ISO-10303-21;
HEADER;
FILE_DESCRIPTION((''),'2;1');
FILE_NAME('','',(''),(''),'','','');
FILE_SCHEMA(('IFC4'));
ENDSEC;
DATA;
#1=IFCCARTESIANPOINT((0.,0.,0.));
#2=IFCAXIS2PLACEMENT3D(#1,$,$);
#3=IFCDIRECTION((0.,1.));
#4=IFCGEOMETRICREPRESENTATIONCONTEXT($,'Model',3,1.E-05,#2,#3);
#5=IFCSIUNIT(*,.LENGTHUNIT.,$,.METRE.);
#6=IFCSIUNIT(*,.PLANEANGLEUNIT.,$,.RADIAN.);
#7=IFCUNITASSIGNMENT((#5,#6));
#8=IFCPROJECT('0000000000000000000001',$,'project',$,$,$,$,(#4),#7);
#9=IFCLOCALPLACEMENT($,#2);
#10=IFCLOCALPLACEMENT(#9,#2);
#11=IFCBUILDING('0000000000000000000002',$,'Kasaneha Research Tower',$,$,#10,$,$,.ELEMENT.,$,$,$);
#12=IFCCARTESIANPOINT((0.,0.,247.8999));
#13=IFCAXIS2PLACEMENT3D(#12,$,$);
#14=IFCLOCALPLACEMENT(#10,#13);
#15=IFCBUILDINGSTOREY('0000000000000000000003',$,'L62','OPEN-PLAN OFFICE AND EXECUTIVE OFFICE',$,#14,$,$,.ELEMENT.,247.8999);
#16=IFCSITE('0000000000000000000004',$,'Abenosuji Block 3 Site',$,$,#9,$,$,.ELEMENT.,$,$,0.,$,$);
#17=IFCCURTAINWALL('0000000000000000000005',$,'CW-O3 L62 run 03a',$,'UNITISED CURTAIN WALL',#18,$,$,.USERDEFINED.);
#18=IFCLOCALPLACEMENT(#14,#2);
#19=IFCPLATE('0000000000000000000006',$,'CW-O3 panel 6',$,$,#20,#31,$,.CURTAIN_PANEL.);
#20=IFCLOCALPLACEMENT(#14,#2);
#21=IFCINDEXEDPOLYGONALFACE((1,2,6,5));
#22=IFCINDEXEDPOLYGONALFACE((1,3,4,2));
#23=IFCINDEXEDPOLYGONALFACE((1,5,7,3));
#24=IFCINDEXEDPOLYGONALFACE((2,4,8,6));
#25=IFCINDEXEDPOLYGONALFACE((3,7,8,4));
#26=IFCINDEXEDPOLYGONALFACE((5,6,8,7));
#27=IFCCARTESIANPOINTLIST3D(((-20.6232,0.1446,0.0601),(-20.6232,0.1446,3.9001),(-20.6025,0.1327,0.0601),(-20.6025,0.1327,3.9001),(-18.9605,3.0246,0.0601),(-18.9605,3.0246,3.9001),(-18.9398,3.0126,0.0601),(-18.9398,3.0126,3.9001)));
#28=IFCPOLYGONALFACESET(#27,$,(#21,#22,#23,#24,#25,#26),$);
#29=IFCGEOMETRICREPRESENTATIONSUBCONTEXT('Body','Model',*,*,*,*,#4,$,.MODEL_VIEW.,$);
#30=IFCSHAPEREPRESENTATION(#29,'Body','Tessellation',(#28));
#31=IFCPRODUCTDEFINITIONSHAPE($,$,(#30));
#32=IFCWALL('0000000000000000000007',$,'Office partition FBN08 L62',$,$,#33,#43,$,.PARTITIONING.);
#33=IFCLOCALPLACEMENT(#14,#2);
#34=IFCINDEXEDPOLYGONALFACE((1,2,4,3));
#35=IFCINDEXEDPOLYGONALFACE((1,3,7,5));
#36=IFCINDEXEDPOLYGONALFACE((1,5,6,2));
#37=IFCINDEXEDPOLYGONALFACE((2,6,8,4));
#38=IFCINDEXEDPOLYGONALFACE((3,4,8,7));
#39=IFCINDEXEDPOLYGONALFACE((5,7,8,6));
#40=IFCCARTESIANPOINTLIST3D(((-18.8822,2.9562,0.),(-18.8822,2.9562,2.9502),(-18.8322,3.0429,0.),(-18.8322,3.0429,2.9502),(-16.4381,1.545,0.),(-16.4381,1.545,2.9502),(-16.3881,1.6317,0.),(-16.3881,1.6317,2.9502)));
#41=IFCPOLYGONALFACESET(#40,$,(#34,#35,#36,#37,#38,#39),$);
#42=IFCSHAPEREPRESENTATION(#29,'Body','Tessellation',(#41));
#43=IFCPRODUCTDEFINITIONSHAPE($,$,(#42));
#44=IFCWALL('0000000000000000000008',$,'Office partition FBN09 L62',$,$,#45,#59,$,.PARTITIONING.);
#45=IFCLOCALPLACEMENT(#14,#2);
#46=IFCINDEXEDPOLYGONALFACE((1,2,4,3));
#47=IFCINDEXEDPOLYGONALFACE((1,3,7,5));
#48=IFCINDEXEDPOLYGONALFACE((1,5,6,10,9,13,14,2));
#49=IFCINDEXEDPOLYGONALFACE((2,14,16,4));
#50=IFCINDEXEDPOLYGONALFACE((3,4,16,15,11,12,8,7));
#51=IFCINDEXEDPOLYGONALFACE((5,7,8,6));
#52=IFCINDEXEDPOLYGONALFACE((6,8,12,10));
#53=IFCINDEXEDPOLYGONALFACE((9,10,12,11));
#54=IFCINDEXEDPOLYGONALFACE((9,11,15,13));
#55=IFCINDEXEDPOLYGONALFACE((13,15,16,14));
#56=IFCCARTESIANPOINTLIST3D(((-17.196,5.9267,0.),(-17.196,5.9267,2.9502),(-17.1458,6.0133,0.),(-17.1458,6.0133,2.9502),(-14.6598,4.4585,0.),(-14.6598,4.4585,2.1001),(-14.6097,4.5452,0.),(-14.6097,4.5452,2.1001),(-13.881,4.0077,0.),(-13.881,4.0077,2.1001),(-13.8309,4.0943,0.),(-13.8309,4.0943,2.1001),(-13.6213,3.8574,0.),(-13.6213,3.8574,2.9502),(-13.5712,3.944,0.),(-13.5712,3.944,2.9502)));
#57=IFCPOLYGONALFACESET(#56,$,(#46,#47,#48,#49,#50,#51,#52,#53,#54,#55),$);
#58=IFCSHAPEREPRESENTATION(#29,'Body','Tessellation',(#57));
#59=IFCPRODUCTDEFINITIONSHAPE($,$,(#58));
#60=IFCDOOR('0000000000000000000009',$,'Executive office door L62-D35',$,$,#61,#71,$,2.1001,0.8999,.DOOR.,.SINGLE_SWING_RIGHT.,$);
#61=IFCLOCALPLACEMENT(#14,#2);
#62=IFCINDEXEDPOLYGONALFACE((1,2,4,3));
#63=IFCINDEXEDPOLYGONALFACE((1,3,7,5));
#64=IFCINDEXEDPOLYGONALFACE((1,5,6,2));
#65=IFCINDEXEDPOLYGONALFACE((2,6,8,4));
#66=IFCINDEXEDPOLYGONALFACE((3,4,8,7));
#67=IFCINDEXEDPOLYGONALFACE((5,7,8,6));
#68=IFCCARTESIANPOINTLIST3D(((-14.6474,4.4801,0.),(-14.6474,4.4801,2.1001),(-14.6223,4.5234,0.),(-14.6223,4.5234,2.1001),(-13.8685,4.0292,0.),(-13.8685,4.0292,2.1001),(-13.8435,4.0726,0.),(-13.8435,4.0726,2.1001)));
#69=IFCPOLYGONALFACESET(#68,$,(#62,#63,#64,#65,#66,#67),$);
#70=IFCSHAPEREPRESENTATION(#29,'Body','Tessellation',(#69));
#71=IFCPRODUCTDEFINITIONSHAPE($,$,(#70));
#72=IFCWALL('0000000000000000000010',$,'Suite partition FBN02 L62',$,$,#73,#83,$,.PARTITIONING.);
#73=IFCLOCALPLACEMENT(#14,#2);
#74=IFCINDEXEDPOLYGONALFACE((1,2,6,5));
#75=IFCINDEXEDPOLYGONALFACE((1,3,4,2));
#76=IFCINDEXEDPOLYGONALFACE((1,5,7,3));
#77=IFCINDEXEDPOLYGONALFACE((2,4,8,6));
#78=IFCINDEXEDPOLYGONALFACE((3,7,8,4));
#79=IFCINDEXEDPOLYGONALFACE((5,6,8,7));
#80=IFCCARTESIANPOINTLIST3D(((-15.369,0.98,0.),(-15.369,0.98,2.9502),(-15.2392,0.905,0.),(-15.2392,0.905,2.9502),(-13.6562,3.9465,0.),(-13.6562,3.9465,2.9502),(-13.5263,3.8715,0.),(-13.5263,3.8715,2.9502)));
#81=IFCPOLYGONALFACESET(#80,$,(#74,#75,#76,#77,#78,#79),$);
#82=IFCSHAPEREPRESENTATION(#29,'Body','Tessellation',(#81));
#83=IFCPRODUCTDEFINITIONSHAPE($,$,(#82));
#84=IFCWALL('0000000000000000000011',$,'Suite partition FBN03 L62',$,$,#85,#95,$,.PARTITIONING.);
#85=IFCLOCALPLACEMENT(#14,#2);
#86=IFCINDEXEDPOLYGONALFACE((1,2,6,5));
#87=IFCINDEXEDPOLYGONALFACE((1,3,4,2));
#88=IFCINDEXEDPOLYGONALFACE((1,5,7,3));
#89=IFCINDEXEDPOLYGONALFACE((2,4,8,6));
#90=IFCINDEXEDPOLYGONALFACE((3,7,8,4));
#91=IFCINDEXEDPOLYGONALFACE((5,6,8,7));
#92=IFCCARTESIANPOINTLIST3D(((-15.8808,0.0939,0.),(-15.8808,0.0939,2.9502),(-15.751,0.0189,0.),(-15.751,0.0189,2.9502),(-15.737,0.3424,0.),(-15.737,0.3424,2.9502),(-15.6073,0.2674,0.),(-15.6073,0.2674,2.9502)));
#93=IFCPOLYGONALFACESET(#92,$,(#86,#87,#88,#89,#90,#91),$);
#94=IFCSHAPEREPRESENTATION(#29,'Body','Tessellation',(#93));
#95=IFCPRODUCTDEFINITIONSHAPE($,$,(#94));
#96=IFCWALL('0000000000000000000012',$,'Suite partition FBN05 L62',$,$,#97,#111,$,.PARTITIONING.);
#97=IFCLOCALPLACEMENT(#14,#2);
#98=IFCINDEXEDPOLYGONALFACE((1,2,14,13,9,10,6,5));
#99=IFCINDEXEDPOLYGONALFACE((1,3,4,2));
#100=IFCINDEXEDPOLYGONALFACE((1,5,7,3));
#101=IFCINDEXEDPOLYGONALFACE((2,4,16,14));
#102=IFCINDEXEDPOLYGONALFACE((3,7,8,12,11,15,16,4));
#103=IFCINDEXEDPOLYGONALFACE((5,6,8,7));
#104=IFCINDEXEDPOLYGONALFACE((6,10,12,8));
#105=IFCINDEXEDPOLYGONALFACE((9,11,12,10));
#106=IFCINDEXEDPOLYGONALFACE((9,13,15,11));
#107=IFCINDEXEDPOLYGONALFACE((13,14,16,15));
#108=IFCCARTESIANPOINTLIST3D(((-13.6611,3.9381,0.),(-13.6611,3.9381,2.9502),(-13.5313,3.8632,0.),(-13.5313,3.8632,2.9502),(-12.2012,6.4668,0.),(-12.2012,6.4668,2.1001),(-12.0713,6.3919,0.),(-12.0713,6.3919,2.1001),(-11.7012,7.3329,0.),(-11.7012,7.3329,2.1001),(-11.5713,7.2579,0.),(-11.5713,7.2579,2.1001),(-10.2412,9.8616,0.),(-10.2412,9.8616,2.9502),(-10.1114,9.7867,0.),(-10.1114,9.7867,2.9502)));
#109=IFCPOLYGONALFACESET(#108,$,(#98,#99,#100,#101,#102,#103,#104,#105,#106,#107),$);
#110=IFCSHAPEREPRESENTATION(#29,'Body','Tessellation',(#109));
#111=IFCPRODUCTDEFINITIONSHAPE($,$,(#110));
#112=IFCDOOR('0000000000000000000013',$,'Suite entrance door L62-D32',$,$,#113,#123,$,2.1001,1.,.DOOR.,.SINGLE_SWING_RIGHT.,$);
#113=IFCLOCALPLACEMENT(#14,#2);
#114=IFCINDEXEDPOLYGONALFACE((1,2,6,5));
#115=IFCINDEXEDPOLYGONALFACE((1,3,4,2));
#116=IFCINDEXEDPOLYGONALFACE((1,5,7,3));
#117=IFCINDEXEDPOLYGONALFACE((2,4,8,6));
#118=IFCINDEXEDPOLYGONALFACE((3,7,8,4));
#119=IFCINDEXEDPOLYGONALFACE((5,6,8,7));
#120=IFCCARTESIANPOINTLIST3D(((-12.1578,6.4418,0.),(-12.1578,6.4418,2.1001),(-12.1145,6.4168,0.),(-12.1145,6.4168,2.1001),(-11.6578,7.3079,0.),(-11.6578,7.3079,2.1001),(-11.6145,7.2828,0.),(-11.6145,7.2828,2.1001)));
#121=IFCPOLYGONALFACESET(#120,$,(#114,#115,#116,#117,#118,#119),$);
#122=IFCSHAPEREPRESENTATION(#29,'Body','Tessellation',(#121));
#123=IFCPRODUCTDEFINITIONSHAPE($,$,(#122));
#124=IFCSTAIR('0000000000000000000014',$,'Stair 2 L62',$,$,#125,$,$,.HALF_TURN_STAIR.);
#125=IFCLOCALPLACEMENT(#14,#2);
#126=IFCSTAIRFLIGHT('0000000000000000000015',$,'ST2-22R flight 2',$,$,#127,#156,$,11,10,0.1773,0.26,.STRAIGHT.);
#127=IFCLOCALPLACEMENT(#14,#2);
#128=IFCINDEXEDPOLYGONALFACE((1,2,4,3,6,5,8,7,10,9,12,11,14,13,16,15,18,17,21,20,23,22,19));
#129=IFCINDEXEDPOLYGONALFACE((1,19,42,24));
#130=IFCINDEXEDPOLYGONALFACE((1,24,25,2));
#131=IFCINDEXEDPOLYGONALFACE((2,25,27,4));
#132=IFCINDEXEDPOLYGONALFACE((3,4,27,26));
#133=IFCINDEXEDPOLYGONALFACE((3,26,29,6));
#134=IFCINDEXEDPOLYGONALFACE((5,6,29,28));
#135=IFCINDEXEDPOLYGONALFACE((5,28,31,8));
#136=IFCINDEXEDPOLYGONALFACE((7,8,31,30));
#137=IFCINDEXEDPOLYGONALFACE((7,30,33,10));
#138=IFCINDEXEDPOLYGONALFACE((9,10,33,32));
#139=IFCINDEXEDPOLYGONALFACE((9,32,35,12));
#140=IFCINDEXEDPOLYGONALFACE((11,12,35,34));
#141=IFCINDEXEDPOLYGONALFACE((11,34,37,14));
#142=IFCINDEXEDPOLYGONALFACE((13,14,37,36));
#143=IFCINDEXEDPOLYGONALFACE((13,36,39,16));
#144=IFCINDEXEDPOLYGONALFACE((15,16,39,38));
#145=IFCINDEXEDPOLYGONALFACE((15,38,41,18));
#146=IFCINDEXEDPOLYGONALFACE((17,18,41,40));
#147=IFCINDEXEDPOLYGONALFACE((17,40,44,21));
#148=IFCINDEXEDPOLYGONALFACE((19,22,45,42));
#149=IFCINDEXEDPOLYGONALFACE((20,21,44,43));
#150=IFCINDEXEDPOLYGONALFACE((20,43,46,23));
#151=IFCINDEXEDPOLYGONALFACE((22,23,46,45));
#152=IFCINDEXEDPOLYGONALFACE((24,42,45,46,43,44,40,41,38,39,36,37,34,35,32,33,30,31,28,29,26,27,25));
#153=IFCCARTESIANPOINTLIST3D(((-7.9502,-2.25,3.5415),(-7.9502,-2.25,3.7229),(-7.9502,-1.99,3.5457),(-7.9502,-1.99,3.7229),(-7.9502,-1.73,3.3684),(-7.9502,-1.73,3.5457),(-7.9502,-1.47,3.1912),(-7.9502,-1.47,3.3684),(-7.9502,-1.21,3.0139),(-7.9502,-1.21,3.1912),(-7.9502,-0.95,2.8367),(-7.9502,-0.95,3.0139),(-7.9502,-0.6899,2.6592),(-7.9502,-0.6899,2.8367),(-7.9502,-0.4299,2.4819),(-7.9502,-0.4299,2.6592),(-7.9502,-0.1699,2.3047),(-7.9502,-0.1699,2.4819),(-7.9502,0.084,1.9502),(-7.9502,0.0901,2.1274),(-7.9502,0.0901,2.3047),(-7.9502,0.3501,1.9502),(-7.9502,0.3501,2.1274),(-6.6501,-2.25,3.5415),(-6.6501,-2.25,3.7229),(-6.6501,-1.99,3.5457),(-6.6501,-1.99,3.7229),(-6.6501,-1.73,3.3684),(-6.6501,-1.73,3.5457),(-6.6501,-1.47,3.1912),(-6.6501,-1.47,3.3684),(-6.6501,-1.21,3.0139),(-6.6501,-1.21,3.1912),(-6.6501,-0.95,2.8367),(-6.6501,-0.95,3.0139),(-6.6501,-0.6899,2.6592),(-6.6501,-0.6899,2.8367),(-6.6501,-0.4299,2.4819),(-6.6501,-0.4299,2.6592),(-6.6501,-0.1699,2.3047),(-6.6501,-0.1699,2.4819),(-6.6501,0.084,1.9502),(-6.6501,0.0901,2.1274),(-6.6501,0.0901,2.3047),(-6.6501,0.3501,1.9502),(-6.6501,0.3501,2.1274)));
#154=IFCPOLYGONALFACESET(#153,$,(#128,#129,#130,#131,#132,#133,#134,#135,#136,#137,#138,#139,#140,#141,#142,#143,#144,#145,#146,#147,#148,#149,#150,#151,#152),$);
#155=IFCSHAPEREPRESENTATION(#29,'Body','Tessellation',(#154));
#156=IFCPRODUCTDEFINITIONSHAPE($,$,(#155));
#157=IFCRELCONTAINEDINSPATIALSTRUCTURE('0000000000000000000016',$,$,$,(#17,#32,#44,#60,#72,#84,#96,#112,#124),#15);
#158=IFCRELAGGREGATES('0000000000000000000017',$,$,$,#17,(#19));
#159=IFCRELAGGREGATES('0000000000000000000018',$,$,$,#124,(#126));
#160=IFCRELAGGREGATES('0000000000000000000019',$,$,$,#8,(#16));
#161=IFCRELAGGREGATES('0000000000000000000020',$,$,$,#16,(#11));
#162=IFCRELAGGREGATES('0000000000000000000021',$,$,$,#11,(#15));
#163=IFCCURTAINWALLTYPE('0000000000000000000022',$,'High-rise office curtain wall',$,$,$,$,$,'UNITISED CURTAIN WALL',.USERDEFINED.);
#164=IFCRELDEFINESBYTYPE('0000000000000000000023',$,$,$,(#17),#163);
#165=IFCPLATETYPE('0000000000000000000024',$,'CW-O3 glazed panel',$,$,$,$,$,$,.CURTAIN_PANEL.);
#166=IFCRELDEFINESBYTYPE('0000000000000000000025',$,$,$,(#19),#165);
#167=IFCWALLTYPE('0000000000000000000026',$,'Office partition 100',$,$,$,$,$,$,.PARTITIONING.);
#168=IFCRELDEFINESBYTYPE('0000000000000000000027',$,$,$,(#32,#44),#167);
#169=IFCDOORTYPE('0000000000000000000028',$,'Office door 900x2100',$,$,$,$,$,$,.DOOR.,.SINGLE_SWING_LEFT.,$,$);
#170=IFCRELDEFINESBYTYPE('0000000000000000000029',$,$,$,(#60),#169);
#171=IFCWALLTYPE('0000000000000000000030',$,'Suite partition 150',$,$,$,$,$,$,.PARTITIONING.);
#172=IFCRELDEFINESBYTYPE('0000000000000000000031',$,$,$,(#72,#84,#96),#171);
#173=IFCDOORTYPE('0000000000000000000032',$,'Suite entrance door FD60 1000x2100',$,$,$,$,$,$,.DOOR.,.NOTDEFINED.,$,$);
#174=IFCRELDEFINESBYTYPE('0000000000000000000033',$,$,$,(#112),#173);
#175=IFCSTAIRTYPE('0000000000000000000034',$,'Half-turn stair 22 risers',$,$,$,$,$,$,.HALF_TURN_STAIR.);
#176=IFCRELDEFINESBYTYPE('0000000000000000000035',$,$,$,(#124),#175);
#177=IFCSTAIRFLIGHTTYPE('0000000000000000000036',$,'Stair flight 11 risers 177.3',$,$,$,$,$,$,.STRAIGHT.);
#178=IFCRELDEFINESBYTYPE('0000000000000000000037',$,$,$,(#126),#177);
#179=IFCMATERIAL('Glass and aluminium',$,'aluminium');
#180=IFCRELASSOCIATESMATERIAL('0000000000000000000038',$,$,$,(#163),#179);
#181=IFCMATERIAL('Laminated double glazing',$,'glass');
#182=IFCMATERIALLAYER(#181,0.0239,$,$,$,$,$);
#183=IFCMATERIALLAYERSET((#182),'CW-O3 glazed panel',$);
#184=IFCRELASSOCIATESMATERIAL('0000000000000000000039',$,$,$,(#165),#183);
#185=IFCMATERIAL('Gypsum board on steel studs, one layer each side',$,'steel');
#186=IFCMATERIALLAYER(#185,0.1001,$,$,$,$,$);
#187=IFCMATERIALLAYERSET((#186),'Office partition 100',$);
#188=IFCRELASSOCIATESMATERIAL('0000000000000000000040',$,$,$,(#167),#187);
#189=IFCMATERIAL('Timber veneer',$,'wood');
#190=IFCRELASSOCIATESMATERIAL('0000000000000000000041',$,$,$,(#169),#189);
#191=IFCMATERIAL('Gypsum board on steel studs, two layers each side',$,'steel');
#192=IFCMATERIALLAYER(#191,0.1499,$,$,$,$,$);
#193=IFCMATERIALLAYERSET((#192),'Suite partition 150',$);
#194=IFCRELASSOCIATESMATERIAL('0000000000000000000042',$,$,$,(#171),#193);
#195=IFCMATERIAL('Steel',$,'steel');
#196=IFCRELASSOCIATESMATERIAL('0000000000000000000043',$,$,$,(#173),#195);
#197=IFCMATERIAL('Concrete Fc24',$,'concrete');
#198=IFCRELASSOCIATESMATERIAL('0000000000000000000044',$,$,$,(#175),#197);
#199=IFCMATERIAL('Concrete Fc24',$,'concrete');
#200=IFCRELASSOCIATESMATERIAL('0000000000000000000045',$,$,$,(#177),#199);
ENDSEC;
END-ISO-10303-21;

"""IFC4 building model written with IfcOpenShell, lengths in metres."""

from ifc_helpers import new_model, si_unit, direction, frame, frame_2d, origin, origin_2d, place, context, subcontext, project, spatial, polyline, rectangle, outline, extrude, material, layer, layer_set, type_object, element, fill, aggregate, save


model = new_model("IFC4")

# Units and contexts
model_context = context("Model", 3, precision=1e-05, world=origin(), true_north=direction((0.0, 1.0)))
body_context = subcontext(model_context, "Body", "Model", "MODEL_VIEW")
ifc_project = project(units=[si_unit("LENGTHUNIT", "METRE"), si_unit("PLANEANGLEUNIT", "RADIAN")], contexts=[model_context])

# Site, building, storey
site_placement = place(None, origin())
site = spatial("IfcSite", under=ifc_project, at=site_placement, Name="Abenosuji Block 3 Site", CompositionType="ELEMENT", RefElevation=0.0)
building_placement = place(site_placement, origin())
building = spatial("IfcBuilding", under=site, at=building_placement, Name="Kasaneha Research Tower", CompositionType="ELEMENT")
storey_placement = place(building_placement, frame((0.0, 0.0, 247.8999)))
storey = spatial("IfcBuildingStorey", under=building, at=storey_placement, Name="L62", Description="OPEN-PLAN OFFICE AND EXECUTIVE OFFICE", CompositionType="ELEMENT", Elevation=247.8999)

# Curtain wall
ifc_material_1 = material(Name="Glass and aluminium", Category="aluminium")
curtain_wall_type = type_object("IfcCurtainWallType", Name="High-rise office curtain wall", ElementType="UNITISED CURTAIN WALL", PredefinedType="USERDEFINED", material=ifc_material_1)
curtain_wall_placement = place(storey_placement, origin())
curtain_wall = element("IfcCurtainWall", 1, at=curtain_wall_placement, inside=storey, type_object=curtain_wall_type, Name="CW-O3 L62 run 03a", ObjectType="UNITISED CURTAIN WALL", PredefinedType="USERDEFINED")

# Plate
ifc_material_2 = material(Name="Laminated double glazing", Category="glass")
ifc_layer_1 = layer(ifc_material_2, 0.0239)
ifc_layer_set_1 = layer_set([ifc_layer_1], Name="CW-O3 glazed panel")
plate_type = type_object("IfcPlateType", Name="CW-O3 glazed panel", PredefinedType="CURTAIN_PANEL", material=ifc_layer_set_1)
plate_1_placement = place(storey_placement, frame((-19.7815, 1.5786, 0.0601), z_axis=(0.0, 0.0, 1.0), x_axis=(-0.5, -0.866025, 0.0)))
plate_1 = element("IfcPlate", 2, at=plate_1_placement, type_object=plate_type, Name="CW-O3 panel 6", PredefinedType="CURTAIN_PANEL", context=body_context, shape_type="SweptSolid", body=[
    extrude(rectangle(XDim=3.3254, YDim=0.0239, at=origin_2d()), origin(), (0.0, 0.0, 1.0), 3.8401),
])
aggregate(curtain_wall, [plate_1])

# Wall
ifc_material_3 = material(Name="Gypsum board on steel studs, one layer each side", Category="steel")
ifc_layer_2 = layer(ifc_material_3, 0.1001)
ifc_layer_set_2 = layer_set([ifc_layer_2], Name="Office partition 100")
wall_type_1 = type_object("IfcWallType", Name="Office partition 100", PredefinedType="PARTITIONING", material=ifc_layer_set_2)
wall_1_placement = place(storey_placement, frame((-16.4131, 1.5884, 0.0), z_axis=(0.0, 0.0, 1.0), x_axis=(-0.86602, 0.50001, 0.0)))
element("IfcWall", 3, at=wall_1_placement, inside=storey, type_object=wall_type_1, Name="Office partition FBN08 L62", PredefinedType="PARTITIONING", context=body_context, shape_type="SweptSolid", body=[
    extrude(rectangle(XDim=2.8223, YDim=0.1001, at=frame_2d((1.4111, 0.0))), origin(), (0.0, 0.0, 1.0), 2.9502),
])

# Wall, opening, door
wall_2_placement = place(storey_placement, frame((-17.1709, 5.97, 0.0), z_axis=(0.0, 0.0, 1.0), x_axis=(0.865451, -0.500994, 0.0)))
wall_2 = element("IfcWall", 4, at=wall_2_placement, inside=storey, type_object=wall_type_1, Name="Office partition FBN09 L62", PredefinedType="PARTITIONING", context=body_context, shape_type="SweptSolid", body=[
    extrude(rectangle(XDim=4.1304, YDim=0.1001, at=frame_2d((2.0652, 0.0))), origin(), (0.0, 0.0, 1.0), 2.9502),
])
opening_1_placement = place(wall_2_placement, frame((2.9304, 0.0, 0.0)))
opening_1 = element("IfcOpeningElement", 5, at=opening_1_placement, cuts=wall_2, PredefinedType="OPENING", context=body_context, shape_type="SweptSolid", body=[
    extrude(rectangle(XDim=0.8999, YDim=2.1001, at=frame_2d((0.45, 1.05))), frame((0.0, 0.0601, 0.0), z_axis=(0.0, -1.0, 0.0), x_axis=(1.0, 0.0, 0.0)), (0.0, 0.0, 1.0), 0.1201),
])
ifc_material_4 = material(Name="Timber veneer", Category="wood")
door_type_1 = type_object("IfcDoorType", Name="Office door 900x2100", OperationType="SINGLE_SWING_LEFT", PredefinedType="DOOR", material=ifc_material_4)
door_1_placement = place(opening_1_placement, origin())
door_1 = element("IfcDoor", 6, at=door_1_placement, inside=storey, type_object=door_type_1, Name="Executive office door L62-D35", OperationType="SINGLE_SWING_RIGHT", OverallHeight=2.1001, OverallWidth=0.8999, PredefinedType="DOOR", context=body_context, shape_type="SweptSolid", body=[
    extrude(rectangle(XDim=0.8999, YDim=2.1001, at=frame_2d((0.45, 1.05))), frame((0.0, 0.0249, 0.0), z_axis=(0.0, -1.0, 0.0), x_axis=(1.0, 0.0, 0.0)), (0.0, 0.0, 1.0), 0.05),
])
fill(opening_1, door_1)

# Walls
ifc_material_5 = material(Name="Gypsum board on steel studs, two layers each side", Category="steel")
ifc_layer_3 = layer(ifc_material_5, 0.1499)
ifc_layer_set_3 = layer_set([ifc_layer_3], Name="Suite partition 150")
wall_type_2 = type_object("IfcWallType", Name="Suite partition 150", PredefinedType="PARTITIONING", material=ifc_layer_set_3)
wall_3_placement = place(storey_placement, frame((-15.3042, 0.9424, 0.0), z_axis=(0.0, 0.0, 1.0), x_axis=(0.500033, 0.866006, 0.0)))
element("IfcWall", 7, at=wall_3_placement, inside=storey, type_object=wall_type_2, Name="Suite partition FBN02 L62", PredefinedType="PARTITIONING", context=body_context, shape_type="SweptSolid", body=[
    extrude(rectangle(XDim=3.4255, YDim=0.1499, at=frame_2d((1.7129, 0.0))), origin(), (0.0, 0.0, 1.0), 2.9502),
])
wall_4_placement = place(storey_placement, frame((-15.8159, 0.0564, 0.0), z_axis=(0.0, 0.0, 1.0), x_axis=(0.500802, 0.865562, 0.0)))
element("IfcWall", 8, at=wall_4_placement, inside=storey, type_object=wall_type_2, Name="Suite partition FBN03 L62", PredefinedType="PARTITIONING", context=body_context, shape_type="SweptSolid", body=[
    extrude(rectangle(XDim=0.2871, YDim=0.1499, at=frame_2d((0.1436, 0.0))), origin(), (0.0, 0.0, 1.0), 2.9502),
])

# Wall, opening, door
wall_5_placement = place(storey_placement, frame((-13.5962, 3.9006, 0.0), z_axis=(0.0, 0.0, 1.0), x_axis=(0.499993, 0.866029, 0.0)))
wall_5 = element("IfcWall", 9, at=wall_5_placement, inside=storey, type_object=wall_type_2, Name="Suite partition FBN05 L62", PredefinedType="PARTITIONING", context=body_context, shape_type="SweptSolid", body=[
    extrude(rectangle(XDim=6.8398, YDim=0.1499, at=frame_2d((3.4199, 0.0))), origin(), (0.0, 0.0, 1.0), 2.9502),
])
opening_2_placement = place(wall_5_placement, frame((2.9199, 0.0, 0.0)))
opening_2 = element("IfcOpeningElement", 10, at=opening_2_placement, cuts=wall_5, PredefinedType="OPENING", context=body_context, shape_type="SweptSolid", body=[
    extrude(rectangle(XDim=1.0, YDim=2.1001, at=frame_2d((0.5, 1.05))), frame((0.0, 0.085, 0.0), z_axis=(0.0, -1.0, 0.0), x_axis=(1.0, 0.0, 0.0)), (0.0, 0.0, 1.0), 0.1699),
])
ifc_material_6 = material(Name="Steel", Category="steel")
door_type_2 = type_object("IfcDoorType", Name="Suite entrance door FD60 1000x2100", OperationType="NOTDEFINED", PredefinedType="DOOR", material=ifc_material_6)
door_2_placement = place(opening_2_placement, origin())
door_2 = element("IfcDoor", 11, at=door_2_placement, inside=storey, type_object=door_type_2, Name="Suite entrance door L62-D32", OperationType="SINGLE_SWING_RIGHT", OverallHeight=2.1001, OverallWidth=1.0, PredefinedType="DOOR", context=body_context, shape_type="SweptSolid", body=[
    extrude(rectangle(XDim=1.0, YDim=2.1001, at=frame_2d((0.5, 1.05))), frame((0.0, 0.0249, 0.0), z_axis=(0.0, -1.0, 0.0), x_axis=(1.0, 0.0, 0.0)), (0.0, 0.0, 1.0), 0.05),
])
fill(opening_2, door_2)

# Stair, stair flight
ifc_material_7 = material(Name="Concrete Fc24", Category="concrete")
stair_type = type_object("IfcStairType", Name="Half-turn stair 22 risers", PredefinedType="HALF_TURN_STAIR", material=ifc_material_7)
stair_placement = place(storey_placement, origin())
stair = element("IfcStair", 12, at=stair_placement, inside=storey, type_object=stair_type, Name="Stair 2 L62", PredefinedType="HALF_TURN_STAIR")
ifc_material_8 = material(Name="Concrete Fc24", Category="concrete")
stair_flight_type = type_object("IfcStairFlightType", Name="Stair flight 11 risers 177.3", PredefinedType="STRAIGHT", material=ifc_material_8)
stair_flight_placement = place(storey_placement, frame((-7.3, 0.3501, 1.9502), z_axis=(0.0, 0.0, 1.0), x_axis=(0.0, -1.0, 0.0)))
stair_flight = element("IfcStairFlight", 13, at=stair_flight_placement, type_object=stair_flight_type, Name="ST2-22R flight 2", NumberOfRisers=11, NumberOfTreads=10, PredefinedType="STRAIGHT", RiserHeight=0.1773, TreadLength=0.26, context=body_context, shape_type="SweptSolid", body=[
    extrude(outline(polyline([(0.0, 0.0), (0.0, 0.1772), (0.26, 0.1772), (0.26, 0.3545), (0.52, 0.3545), (0.52, 0.5317), (0.78, 0.5317), (0.78, 0.709), (1.04, 0.709), (1.04, 0.8865), (1.3, 0.8865), (1.3, 1.0637), (1.5601, 1.0637), (1.5601, 1.241), (1.8201, 1.241), (1.8201, 1.4182), (2.0801, 1.4182), (2.0801, 1.5955), (2.3401, 1.5955), (2.3401, 1.7727), (2.6001, 1.7727), (2.6001, 1.95), (2.6001, 1.5913), (0.2661, 0.0), (0.0, 0.0)])), frame((0.0, 0.6499, 0.0), z_axis=(0.0, -1.0, 0.0), x_axis=(1.0, 0.0, 0.0)), (0.0, 0.0, 1.0), 1.3),
])
aggregate(stair, [stair_flight])

save(model, "model.ifc")
